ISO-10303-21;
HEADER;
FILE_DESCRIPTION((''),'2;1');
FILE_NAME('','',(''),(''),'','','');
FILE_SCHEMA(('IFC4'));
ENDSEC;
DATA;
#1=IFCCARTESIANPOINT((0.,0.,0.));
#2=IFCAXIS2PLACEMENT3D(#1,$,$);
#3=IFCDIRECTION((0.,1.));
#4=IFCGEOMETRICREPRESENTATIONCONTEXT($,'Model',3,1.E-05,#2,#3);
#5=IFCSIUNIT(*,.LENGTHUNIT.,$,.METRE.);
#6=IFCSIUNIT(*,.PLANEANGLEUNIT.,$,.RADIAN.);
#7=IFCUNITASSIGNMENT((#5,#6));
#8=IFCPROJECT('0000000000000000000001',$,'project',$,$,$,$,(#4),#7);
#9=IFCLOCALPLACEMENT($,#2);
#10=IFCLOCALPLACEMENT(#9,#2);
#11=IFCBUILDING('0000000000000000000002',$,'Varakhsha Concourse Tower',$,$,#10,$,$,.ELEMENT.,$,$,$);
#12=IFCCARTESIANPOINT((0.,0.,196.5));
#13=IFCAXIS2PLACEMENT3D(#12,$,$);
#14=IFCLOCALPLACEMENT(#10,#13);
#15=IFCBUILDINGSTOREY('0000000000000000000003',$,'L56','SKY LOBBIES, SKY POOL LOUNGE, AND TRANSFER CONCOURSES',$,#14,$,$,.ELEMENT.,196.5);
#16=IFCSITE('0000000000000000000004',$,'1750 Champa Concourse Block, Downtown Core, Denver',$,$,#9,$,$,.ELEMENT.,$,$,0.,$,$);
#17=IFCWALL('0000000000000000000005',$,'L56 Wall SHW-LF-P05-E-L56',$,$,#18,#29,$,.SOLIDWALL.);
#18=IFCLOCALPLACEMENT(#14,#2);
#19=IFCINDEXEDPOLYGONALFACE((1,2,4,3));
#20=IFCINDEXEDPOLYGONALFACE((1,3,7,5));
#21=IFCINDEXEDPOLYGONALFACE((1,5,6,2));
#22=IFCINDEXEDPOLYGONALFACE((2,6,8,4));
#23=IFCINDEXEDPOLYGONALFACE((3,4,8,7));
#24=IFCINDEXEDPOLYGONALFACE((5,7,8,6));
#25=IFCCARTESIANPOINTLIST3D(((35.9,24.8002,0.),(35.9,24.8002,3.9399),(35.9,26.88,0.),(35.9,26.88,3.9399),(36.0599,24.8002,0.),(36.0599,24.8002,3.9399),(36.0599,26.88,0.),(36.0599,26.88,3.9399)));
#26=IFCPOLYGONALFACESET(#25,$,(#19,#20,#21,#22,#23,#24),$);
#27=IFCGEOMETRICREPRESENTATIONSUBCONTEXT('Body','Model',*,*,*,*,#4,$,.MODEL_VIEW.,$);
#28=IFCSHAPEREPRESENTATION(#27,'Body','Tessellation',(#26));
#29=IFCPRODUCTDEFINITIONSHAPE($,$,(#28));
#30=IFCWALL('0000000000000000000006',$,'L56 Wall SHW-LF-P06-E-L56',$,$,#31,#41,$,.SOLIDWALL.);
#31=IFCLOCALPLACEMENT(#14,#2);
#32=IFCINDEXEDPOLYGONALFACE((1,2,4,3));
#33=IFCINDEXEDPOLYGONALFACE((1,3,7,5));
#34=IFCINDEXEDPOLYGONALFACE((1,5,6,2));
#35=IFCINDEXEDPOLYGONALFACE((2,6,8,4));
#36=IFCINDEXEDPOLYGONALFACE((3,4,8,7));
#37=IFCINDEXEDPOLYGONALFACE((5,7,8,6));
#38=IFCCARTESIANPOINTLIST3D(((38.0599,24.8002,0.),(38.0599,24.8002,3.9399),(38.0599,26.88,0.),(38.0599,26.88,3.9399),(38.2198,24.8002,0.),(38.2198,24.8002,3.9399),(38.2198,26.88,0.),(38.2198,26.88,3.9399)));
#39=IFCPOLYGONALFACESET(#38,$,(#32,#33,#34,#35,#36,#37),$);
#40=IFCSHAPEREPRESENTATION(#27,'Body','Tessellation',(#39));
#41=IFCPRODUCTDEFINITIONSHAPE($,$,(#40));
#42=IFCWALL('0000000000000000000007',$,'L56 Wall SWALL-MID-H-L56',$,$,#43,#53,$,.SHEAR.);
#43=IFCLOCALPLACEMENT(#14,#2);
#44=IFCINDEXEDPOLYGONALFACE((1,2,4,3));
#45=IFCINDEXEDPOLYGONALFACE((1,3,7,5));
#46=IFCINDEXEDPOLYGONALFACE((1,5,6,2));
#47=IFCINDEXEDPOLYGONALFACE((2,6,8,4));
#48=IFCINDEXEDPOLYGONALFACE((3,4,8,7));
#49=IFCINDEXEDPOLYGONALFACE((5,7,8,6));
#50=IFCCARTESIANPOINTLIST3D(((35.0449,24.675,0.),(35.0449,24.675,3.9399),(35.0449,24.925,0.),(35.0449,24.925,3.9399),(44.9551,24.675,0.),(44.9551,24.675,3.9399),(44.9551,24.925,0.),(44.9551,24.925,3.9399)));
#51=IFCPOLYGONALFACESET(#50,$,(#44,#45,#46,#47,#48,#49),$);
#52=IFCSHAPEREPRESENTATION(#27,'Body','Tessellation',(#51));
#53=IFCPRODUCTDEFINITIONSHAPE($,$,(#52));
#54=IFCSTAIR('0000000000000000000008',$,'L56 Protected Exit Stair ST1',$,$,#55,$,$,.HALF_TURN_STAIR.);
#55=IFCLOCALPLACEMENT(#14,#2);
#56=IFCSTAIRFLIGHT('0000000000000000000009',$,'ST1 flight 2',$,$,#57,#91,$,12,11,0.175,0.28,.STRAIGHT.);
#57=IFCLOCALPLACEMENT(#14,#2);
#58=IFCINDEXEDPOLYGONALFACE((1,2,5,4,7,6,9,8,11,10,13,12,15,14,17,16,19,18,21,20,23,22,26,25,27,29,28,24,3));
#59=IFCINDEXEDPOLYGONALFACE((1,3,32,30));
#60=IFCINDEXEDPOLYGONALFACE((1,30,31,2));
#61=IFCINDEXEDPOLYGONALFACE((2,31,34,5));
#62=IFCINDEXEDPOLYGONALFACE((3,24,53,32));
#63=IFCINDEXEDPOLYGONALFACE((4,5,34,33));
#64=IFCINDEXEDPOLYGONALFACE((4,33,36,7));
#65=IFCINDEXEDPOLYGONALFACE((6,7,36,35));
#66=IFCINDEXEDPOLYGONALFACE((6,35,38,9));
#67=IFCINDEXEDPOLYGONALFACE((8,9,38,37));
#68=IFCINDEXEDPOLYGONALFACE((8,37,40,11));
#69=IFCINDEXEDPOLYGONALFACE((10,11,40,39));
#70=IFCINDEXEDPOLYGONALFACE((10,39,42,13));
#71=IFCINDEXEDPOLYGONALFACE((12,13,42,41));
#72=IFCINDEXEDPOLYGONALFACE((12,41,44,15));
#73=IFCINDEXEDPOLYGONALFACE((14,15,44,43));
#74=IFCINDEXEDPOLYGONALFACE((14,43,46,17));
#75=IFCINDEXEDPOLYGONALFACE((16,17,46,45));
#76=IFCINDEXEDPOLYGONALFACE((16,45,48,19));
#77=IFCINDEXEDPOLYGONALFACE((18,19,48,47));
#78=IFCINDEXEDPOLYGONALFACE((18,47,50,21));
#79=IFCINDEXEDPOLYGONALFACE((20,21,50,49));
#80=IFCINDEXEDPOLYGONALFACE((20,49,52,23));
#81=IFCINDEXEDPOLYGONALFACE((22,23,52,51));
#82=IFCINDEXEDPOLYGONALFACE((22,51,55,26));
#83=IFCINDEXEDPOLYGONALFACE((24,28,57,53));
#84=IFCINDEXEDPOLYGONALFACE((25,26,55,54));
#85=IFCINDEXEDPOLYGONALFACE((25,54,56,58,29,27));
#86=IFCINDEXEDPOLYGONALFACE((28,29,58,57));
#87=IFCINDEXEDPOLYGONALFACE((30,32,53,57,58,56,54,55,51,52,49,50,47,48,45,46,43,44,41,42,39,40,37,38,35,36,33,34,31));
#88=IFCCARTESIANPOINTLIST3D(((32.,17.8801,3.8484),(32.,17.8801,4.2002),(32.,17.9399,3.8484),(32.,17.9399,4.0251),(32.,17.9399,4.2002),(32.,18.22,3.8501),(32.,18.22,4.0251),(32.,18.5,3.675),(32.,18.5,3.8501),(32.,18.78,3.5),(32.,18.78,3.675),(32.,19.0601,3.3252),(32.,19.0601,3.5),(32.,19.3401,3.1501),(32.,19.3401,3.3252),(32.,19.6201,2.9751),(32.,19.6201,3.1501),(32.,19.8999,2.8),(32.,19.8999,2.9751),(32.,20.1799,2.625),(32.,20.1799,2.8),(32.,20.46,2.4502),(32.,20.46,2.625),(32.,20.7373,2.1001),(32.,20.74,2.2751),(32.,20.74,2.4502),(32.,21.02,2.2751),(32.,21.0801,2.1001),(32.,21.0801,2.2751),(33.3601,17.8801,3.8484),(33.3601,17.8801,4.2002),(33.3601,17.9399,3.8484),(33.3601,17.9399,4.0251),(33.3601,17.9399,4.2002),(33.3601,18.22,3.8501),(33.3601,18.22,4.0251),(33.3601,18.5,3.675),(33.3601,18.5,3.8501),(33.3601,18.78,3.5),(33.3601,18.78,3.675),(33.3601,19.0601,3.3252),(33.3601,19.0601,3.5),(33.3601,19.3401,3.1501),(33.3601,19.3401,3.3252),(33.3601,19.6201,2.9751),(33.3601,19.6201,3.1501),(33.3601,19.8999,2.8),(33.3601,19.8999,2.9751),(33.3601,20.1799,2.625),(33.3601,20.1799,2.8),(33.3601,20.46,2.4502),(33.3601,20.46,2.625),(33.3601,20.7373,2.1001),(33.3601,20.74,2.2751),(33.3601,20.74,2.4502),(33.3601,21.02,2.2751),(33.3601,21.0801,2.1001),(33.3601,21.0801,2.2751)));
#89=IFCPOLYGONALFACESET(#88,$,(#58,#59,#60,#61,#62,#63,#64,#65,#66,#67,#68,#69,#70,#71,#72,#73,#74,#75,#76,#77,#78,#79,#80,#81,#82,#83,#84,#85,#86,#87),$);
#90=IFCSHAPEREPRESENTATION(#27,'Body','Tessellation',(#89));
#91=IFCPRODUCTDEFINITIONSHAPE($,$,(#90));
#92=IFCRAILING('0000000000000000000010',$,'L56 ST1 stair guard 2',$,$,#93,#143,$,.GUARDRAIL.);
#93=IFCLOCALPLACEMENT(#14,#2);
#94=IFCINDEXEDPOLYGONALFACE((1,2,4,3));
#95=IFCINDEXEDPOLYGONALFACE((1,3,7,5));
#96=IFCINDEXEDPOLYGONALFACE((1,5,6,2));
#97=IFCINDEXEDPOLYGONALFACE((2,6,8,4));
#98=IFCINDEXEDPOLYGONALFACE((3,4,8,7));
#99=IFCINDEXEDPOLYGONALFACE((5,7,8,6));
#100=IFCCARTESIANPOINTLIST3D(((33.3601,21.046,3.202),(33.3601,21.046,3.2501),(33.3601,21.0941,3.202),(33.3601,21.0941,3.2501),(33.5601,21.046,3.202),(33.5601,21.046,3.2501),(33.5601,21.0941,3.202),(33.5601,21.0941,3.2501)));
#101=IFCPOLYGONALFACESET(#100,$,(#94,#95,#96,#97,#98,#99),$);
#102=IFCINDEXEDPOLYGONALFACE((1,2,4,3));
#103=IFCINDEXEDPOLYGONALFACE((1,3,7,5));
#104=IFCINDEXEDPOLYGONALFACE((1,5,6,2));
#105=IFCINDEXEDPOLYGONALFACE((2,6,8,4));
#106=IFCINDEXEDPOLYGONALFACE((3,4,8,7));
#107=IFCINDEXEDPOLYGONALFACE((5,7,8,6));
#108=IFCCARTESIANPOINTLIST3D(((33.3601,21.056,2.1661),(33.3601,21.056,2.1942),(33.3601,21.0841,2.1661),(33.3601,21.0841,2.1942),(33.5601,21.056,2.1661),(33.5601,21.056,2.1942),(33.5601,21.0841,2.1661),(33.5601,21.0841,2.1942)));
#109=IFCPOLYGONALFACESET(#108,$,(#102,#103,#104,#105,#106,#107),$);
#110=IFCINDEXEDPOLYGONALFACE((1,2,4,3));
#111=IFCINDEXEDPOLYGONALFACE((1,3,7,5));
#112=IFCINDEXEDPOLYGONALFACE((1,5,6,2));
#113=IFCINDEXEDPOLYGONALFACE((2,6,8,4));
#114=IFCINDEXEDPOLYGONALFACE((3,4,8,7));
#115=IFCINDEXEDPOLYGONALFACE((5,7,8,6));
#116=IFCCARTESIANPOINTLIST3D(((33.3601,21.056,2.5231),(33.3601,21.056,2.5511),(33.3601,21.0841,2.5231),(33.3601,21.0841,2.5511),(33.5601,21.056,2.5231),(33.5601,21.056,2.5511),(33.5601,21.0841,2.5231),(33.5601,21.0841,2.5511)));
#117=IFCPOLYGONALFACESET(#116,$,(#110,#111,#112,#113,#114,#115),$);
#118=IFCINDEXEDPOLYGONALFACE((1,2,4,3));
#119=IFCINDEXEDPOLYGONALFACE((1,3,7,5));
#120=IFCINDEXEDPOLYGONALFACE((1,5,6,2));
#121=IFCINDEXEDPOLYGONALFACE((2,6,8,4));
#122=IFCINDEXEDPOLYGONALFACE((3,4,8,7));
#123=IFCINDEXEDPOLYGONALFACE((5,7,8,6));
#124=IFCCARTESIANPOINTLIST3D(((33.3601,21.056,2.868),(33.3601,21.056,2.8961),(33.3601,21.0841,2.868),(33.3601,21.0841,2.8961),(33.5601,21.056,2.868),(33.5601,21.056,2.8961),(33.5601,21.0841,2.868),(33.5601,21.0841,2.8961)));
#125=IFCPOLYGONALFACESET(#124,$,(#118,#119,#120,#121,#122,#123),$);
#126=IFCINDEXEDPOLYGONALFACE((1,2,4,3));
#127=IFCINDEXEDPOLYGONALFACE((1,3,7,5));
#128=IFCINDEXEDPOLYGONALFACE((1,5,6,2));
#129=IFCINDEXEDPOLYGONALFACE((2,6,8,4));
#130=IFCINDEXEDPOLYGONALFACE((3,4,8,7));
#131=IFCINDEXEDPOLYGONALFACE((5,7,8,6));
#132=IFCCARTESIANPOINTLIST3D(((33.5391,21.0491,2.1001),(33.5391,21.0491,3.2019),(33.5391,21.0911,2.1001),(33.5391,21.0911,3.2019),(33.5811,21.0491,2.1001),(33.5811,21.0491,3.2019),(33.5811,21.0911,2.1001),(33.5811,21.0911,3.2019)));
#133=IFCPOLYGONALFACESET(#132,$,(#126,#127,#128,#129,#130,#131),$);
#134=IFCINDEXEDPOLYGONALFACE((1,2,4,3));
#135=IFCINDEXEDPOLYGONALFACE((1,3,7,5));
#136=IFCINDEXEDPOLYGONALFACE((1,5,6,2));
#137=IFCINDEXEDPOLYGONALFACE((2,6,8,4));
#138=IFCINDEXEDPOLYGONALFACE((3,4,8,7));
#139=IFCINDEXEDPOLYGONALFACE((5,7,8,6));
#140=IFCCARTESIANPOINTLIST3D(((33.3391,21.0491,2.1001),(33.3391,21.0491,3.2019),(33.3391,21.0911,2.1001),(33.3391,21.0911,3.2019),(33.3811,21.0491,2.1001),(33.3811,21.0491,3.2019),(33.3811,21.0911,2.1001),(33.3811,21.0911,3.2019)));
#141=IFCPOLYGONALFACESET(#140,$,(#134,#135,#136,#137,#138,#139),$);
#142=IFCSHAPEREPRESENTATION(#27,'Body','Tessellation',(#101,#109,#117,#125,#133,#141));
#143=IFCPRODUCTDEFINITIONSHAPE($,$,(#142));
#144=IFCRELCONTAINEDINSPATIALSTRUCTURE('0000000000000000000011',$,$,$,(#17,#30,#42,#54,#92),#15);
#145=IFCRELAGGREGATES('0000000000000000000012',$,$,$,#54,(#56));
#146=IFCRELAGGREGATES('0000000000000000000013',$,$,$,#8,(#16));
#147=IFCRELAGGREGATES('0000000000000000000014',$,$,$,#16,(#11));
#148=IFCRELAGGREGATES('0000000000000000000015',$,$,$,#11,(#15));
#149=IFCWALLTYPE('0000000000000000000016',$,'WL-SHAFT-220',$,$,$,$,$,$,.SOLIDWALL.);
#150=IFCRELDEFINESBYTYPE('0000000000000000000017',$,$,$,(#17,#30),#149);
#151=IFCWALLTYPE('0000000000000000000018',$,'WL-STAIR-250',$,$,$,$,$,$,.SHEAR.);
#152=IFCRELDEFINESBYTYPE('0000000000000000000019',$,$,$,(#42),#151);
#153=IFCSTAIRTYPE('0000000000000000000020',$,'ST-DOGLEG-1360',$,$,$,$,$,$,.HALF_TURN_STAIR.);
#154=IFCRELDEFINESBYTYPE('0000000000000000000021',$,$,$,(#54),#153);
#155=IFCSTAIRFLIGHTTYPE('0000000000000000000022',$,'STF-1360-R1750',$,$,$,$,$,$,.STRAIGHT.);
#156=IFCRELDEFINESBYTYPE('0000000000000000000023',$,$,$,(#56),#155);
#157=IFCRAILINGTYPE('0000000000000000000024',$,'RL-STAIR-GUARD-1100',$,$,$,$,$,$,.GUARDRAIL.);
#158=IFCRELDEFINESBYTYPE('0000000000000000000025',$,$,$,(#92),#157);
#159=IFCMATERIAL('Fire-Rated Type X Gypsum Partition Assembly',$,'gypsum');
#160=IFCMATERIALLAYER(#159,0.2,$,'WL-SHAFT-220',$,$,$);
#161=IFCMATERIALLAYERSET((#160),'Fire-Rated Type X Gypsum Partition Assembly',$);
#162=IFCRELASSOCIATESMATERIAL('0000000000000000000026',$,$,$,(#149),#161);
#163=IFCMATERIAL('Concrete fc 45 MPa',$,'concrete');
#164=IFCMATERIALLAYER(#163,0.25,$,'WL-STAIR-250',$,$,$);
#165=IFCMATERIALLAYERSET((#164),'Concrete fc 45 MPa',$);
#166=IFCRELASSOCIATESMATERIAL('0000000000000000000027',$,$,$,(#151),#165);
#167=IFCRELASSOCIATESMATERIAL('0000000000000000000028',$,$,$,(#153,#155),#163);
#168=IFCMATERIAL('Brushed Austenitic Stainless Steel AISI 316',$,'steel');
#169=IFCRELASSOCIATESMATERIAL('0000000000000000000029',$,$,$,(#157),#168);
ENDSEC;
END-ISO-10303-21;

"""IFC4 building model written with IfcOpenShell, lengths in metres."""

from ifc_helpers import new_model, si_unit, direction, frame, frame_2d, origin, origin_2d, place, context, subcontext, project, spatial, polyline, rectangle, outline, extrude, material, layer, layer_set, type_object, element, aggregate, save


model = new_model("IFC4")

# Units and contexts
model_context = context("Model", 3, precision=1e-05, world=origin(), true_north=direction((0.0, 1.0)))
body_context = subcontext(model_context, "Body", "Model", "MODEL_VIEW")
ifc_project = project(units=[si_unit("LENGTHUNIT", "METRE"), si_unit("PLANEANGLEUNIT", "RADIAN")], contexts=[model_context])

# Site, building, storey
site_placement = place(None, origin())
site = spatial("IfcSite", under=ifc_project, at=site_placement, Name="1750 Champa Concourse Block, Downtown Core, Denver", CompositionType="ELEMENT", RefElevation=0.0)
building_placement = place(site_placement, origin())
building = spatial("IfcBuilding", under=site, at=building_placement, Name="Varakhsha Concourse Tower", CompositionType="ELEMENT")
storey_placement = place(building_placement, frame((0.0, 0.0, 196.5)))
storey = spatial("IfcBuildingStorey", under=building, at=storey_placement, Name="L56", Description="SKY LOBBIES, SKY POOL LOUNGE, AND TRANSFER CONCOURSES", CompositionType="ELEMENT", Elevation=196.5)

# Shared definitions
ifc_material_1 = material(Name="Fire-Rated Type X Gypsum Partition Assembly", Category="gypsum")
ifc_layer_1 = layer(ifc_material_1, 0.2, Name="WL-SHAFT-220")
ifc_layer_set_1 = layer_set([ifc_layer_1], Name="Fire-Rated Type X Gypsum Partition Assembly")
wall_type_1 = type_object("IfcWallType", Name="WL-SHAFT-220", PredefinedType="SOLIDWALL", material=ifc_layer_set_1)
ifc_material_2 = material(Name="Brushed Austenitic Stainless Steel AISI 316", Category="steel")

# Walls
for number, where, z_axis, x_axis, name in (
    (1, (35.98, 24.8, 0.0), (0.0, 0.0, 1.0), (0.0, 1.0, 0.0), "L56 Wall SHW-LF-P05-E-L56"),
    (2, (38.1399, 24.8, 0.0), (0.0, 0.0, 1.0), (0.0, 1.0, 0.0), "L56 Wall SHW-LF-P06-E-L56"),
):
    element("IfcWall", number, at=place(storey_placement, frame(where, z_axis=z_axis, x_axis=x_axis)), inside=storey, type_object=wall_type_1, Name=name, PredefinedType="SOLIDWALL", context=body_context, shape_type="SweptSolid", body=[
        extrude(rectangle(XDim=2.0798, YDim=0.1599, at=frame_2d((1.04, 0.0))), origin(), (0.0, 0.0, 1.0), 3.9399),
    ])
ifc_material_3 = material(Name="Concrete fc 45 MPa", Category="concrete")
ifc_layer_2 = layer(ifc_material_3, 0.25, Name="WL-STAIR-250")
ifc_layer_set_2 = layer_set([ifc_layer_2], Name="Concrete fc 45 MPa")
wall_type_2 = type_object("IfcWallType", Name="WL-STAIR-250", PredefinedType="SHEAR", material=ifc_layer_set_2)
wall_1_placement = place(storey_placement, frame((35.0449, 24.8, 0.0), z_axis=(0.0, 0.0, 1.0), x_axis=(1.0, 0.0, 0.0)))
element("IfcWall", 3, at=wall_1_placement, inside=storey, type_object=wall_type_2, Name="L56 Wall SWALL-MID-H-L56", PredefinedType="SHEAR", context=body_context, shape_type="SweptSolid", body=[
    extrude(rectangle(XDim=9.9102, YDim=0.25, at=frame_2d((4.9551, 0.0))), origin(), (0.0, 0.0, 1.0), 3.9399),
])

# Stair, stair flight
stair_type = type_object("IfcStairType", Name="ST-DOGLEG-1360", PredefinedType="HALF_TURN_STAIR", material=ifc_material_3)
stair_placement = place(storey_placement, origin())
stair = element("IfcStair", 4, at=stair_placement, inside=storey, type_object=stair_type, Name="L56 Protected Exit Stair ST1", PredefinedType="HALF_TURN_STAIR")
stair_flight_type = type_object("IfcStairFlightType", Name="STF-1360-R1750", PredefinedType="STRAIGHT", material=ifc_material_3)
stair_flight_placement = place(storey_placement, frame((32.6799, 21.02, 2.1001), z_axis=(0.0, 0.0, 1.0), x_axis=(0.0, -1.0, 0.0)))
stair_flight = element("IfcStairFlight", 5, at=stair_flight_placement, type_object=stair_flight_type, Name="ST1 flight 2", NumberOfRisers=12, NumberOfTreads=11, PredefinedType="STRAIGHT", RiserHeight=0.175, TreadLength=0.28, context=body_context, shape_type="SweptSolid", body=[
    extrude(outline(polyline([(-0.0601, 0.0), (-0.0601, 0.175), (0.0, 0.175), (0.28, 0.175), (0.28, 0.3501), (0.5601, 0.3501), (0.5601, 0.5249), (0.8401, 0.5249), (0.8401, 0.7), (1.1201, 0.7), (1.1201, 0.875), (1.3999, 0.875), (1.3999, 1.05), (1.6799, 1.05), (1.6799, 1.2251), (1.96, 1.2251), (1.96, 1.3999), (2.24, 1.3999), (2.24, 1.575), (2.52, 1.575), (2.52, 1.75), (2.8, 1.75), (2.8, 1.925), (3.0801, 1.925), (3.0801, 2.1001), (3.1399, 2.1001), (3.1399, 1.7483), (3.0801, 1.7483), (0.2827, 0.0), (-0.0601, 0.0)])), frame((0.0, 0.6802, 0.0), z_axis=(0.0, -1.0, 0.0), x_axis=(1.0, 0.0, 0.0)), (0.0, 0.0, 1.0), 1.3601),
])
aggregate(stair, [stair_flight])

# Railing
railing_type = type_object("IfcRailingType", Name="RL-STAIR-GUARD-1100", PredefinedType="GUARDRAIL", material=ifc_material_2)
railing_1_placement = place(storey_placement, frame((33.5601, 21.0701, 2.1001)))
element("IfcRailing", 6, at=railing_1_placement, inside=storey, type_object=railing_type, Name="L56 ST1 stair guard 2", PredefinedType="GUARDRAIL", context=body_context, shape_type="SweptSolid", body=[
    extrude(rectangle(XDim=0.0481, YDim=0.0481, at=origin_2d()), frame((0.0, 0.0, 1.126), z_axis=(-1.0, 0.0, 0.0), x_axis=(0.0, -1.0, 0.0)), (0.0, 0.0, 1.0), 0.2),
    extrude(rectangle(XDim=0.0281, YDim=0.0281, at=origin_2d()), frame((0.0, 0.0, 0.0801), z_axis=(-1.0, 0.0, 0.0), x_axis=(0.0, -1.0, 0.0)), (0.0, 0.0, 1.0), 0.2),
    extrude(rectangle(XDim=0.0281, YDim=0.0281, at=origin_2d()), frame((0.0, 0.0, 0.437), z_axis=(-1.0, 0.0, 0.0), x_axis=(0.0, -1.0, 0.0)), (0.0, 0.0, 1.0), 0.2),
    extrude(rectangle(XDim=0.0281, YDim=0.0281, at=origin_2d()), frame((0.0, 0.0, 0.782), z_axis=(-1.0, 0.0, 0.0), x_axis=(0.0, -1.0, 0.0)), (0.0, 0.0, 1.0), 0.2),
    extrude(rectangle(XDim=0.042, YDim=0.042, at=origin_2d()), origin(), (0.0, 0.0, 1.0), 1.1018),
    extrude(rectangle(XDim=0.042, YDim=0.042, at=origin_2d()), frame((-0.2, 0.0, 0.0)), (0.0, 0.0, 1.0), 1.1018),
])

save(model, "model.ifc")
